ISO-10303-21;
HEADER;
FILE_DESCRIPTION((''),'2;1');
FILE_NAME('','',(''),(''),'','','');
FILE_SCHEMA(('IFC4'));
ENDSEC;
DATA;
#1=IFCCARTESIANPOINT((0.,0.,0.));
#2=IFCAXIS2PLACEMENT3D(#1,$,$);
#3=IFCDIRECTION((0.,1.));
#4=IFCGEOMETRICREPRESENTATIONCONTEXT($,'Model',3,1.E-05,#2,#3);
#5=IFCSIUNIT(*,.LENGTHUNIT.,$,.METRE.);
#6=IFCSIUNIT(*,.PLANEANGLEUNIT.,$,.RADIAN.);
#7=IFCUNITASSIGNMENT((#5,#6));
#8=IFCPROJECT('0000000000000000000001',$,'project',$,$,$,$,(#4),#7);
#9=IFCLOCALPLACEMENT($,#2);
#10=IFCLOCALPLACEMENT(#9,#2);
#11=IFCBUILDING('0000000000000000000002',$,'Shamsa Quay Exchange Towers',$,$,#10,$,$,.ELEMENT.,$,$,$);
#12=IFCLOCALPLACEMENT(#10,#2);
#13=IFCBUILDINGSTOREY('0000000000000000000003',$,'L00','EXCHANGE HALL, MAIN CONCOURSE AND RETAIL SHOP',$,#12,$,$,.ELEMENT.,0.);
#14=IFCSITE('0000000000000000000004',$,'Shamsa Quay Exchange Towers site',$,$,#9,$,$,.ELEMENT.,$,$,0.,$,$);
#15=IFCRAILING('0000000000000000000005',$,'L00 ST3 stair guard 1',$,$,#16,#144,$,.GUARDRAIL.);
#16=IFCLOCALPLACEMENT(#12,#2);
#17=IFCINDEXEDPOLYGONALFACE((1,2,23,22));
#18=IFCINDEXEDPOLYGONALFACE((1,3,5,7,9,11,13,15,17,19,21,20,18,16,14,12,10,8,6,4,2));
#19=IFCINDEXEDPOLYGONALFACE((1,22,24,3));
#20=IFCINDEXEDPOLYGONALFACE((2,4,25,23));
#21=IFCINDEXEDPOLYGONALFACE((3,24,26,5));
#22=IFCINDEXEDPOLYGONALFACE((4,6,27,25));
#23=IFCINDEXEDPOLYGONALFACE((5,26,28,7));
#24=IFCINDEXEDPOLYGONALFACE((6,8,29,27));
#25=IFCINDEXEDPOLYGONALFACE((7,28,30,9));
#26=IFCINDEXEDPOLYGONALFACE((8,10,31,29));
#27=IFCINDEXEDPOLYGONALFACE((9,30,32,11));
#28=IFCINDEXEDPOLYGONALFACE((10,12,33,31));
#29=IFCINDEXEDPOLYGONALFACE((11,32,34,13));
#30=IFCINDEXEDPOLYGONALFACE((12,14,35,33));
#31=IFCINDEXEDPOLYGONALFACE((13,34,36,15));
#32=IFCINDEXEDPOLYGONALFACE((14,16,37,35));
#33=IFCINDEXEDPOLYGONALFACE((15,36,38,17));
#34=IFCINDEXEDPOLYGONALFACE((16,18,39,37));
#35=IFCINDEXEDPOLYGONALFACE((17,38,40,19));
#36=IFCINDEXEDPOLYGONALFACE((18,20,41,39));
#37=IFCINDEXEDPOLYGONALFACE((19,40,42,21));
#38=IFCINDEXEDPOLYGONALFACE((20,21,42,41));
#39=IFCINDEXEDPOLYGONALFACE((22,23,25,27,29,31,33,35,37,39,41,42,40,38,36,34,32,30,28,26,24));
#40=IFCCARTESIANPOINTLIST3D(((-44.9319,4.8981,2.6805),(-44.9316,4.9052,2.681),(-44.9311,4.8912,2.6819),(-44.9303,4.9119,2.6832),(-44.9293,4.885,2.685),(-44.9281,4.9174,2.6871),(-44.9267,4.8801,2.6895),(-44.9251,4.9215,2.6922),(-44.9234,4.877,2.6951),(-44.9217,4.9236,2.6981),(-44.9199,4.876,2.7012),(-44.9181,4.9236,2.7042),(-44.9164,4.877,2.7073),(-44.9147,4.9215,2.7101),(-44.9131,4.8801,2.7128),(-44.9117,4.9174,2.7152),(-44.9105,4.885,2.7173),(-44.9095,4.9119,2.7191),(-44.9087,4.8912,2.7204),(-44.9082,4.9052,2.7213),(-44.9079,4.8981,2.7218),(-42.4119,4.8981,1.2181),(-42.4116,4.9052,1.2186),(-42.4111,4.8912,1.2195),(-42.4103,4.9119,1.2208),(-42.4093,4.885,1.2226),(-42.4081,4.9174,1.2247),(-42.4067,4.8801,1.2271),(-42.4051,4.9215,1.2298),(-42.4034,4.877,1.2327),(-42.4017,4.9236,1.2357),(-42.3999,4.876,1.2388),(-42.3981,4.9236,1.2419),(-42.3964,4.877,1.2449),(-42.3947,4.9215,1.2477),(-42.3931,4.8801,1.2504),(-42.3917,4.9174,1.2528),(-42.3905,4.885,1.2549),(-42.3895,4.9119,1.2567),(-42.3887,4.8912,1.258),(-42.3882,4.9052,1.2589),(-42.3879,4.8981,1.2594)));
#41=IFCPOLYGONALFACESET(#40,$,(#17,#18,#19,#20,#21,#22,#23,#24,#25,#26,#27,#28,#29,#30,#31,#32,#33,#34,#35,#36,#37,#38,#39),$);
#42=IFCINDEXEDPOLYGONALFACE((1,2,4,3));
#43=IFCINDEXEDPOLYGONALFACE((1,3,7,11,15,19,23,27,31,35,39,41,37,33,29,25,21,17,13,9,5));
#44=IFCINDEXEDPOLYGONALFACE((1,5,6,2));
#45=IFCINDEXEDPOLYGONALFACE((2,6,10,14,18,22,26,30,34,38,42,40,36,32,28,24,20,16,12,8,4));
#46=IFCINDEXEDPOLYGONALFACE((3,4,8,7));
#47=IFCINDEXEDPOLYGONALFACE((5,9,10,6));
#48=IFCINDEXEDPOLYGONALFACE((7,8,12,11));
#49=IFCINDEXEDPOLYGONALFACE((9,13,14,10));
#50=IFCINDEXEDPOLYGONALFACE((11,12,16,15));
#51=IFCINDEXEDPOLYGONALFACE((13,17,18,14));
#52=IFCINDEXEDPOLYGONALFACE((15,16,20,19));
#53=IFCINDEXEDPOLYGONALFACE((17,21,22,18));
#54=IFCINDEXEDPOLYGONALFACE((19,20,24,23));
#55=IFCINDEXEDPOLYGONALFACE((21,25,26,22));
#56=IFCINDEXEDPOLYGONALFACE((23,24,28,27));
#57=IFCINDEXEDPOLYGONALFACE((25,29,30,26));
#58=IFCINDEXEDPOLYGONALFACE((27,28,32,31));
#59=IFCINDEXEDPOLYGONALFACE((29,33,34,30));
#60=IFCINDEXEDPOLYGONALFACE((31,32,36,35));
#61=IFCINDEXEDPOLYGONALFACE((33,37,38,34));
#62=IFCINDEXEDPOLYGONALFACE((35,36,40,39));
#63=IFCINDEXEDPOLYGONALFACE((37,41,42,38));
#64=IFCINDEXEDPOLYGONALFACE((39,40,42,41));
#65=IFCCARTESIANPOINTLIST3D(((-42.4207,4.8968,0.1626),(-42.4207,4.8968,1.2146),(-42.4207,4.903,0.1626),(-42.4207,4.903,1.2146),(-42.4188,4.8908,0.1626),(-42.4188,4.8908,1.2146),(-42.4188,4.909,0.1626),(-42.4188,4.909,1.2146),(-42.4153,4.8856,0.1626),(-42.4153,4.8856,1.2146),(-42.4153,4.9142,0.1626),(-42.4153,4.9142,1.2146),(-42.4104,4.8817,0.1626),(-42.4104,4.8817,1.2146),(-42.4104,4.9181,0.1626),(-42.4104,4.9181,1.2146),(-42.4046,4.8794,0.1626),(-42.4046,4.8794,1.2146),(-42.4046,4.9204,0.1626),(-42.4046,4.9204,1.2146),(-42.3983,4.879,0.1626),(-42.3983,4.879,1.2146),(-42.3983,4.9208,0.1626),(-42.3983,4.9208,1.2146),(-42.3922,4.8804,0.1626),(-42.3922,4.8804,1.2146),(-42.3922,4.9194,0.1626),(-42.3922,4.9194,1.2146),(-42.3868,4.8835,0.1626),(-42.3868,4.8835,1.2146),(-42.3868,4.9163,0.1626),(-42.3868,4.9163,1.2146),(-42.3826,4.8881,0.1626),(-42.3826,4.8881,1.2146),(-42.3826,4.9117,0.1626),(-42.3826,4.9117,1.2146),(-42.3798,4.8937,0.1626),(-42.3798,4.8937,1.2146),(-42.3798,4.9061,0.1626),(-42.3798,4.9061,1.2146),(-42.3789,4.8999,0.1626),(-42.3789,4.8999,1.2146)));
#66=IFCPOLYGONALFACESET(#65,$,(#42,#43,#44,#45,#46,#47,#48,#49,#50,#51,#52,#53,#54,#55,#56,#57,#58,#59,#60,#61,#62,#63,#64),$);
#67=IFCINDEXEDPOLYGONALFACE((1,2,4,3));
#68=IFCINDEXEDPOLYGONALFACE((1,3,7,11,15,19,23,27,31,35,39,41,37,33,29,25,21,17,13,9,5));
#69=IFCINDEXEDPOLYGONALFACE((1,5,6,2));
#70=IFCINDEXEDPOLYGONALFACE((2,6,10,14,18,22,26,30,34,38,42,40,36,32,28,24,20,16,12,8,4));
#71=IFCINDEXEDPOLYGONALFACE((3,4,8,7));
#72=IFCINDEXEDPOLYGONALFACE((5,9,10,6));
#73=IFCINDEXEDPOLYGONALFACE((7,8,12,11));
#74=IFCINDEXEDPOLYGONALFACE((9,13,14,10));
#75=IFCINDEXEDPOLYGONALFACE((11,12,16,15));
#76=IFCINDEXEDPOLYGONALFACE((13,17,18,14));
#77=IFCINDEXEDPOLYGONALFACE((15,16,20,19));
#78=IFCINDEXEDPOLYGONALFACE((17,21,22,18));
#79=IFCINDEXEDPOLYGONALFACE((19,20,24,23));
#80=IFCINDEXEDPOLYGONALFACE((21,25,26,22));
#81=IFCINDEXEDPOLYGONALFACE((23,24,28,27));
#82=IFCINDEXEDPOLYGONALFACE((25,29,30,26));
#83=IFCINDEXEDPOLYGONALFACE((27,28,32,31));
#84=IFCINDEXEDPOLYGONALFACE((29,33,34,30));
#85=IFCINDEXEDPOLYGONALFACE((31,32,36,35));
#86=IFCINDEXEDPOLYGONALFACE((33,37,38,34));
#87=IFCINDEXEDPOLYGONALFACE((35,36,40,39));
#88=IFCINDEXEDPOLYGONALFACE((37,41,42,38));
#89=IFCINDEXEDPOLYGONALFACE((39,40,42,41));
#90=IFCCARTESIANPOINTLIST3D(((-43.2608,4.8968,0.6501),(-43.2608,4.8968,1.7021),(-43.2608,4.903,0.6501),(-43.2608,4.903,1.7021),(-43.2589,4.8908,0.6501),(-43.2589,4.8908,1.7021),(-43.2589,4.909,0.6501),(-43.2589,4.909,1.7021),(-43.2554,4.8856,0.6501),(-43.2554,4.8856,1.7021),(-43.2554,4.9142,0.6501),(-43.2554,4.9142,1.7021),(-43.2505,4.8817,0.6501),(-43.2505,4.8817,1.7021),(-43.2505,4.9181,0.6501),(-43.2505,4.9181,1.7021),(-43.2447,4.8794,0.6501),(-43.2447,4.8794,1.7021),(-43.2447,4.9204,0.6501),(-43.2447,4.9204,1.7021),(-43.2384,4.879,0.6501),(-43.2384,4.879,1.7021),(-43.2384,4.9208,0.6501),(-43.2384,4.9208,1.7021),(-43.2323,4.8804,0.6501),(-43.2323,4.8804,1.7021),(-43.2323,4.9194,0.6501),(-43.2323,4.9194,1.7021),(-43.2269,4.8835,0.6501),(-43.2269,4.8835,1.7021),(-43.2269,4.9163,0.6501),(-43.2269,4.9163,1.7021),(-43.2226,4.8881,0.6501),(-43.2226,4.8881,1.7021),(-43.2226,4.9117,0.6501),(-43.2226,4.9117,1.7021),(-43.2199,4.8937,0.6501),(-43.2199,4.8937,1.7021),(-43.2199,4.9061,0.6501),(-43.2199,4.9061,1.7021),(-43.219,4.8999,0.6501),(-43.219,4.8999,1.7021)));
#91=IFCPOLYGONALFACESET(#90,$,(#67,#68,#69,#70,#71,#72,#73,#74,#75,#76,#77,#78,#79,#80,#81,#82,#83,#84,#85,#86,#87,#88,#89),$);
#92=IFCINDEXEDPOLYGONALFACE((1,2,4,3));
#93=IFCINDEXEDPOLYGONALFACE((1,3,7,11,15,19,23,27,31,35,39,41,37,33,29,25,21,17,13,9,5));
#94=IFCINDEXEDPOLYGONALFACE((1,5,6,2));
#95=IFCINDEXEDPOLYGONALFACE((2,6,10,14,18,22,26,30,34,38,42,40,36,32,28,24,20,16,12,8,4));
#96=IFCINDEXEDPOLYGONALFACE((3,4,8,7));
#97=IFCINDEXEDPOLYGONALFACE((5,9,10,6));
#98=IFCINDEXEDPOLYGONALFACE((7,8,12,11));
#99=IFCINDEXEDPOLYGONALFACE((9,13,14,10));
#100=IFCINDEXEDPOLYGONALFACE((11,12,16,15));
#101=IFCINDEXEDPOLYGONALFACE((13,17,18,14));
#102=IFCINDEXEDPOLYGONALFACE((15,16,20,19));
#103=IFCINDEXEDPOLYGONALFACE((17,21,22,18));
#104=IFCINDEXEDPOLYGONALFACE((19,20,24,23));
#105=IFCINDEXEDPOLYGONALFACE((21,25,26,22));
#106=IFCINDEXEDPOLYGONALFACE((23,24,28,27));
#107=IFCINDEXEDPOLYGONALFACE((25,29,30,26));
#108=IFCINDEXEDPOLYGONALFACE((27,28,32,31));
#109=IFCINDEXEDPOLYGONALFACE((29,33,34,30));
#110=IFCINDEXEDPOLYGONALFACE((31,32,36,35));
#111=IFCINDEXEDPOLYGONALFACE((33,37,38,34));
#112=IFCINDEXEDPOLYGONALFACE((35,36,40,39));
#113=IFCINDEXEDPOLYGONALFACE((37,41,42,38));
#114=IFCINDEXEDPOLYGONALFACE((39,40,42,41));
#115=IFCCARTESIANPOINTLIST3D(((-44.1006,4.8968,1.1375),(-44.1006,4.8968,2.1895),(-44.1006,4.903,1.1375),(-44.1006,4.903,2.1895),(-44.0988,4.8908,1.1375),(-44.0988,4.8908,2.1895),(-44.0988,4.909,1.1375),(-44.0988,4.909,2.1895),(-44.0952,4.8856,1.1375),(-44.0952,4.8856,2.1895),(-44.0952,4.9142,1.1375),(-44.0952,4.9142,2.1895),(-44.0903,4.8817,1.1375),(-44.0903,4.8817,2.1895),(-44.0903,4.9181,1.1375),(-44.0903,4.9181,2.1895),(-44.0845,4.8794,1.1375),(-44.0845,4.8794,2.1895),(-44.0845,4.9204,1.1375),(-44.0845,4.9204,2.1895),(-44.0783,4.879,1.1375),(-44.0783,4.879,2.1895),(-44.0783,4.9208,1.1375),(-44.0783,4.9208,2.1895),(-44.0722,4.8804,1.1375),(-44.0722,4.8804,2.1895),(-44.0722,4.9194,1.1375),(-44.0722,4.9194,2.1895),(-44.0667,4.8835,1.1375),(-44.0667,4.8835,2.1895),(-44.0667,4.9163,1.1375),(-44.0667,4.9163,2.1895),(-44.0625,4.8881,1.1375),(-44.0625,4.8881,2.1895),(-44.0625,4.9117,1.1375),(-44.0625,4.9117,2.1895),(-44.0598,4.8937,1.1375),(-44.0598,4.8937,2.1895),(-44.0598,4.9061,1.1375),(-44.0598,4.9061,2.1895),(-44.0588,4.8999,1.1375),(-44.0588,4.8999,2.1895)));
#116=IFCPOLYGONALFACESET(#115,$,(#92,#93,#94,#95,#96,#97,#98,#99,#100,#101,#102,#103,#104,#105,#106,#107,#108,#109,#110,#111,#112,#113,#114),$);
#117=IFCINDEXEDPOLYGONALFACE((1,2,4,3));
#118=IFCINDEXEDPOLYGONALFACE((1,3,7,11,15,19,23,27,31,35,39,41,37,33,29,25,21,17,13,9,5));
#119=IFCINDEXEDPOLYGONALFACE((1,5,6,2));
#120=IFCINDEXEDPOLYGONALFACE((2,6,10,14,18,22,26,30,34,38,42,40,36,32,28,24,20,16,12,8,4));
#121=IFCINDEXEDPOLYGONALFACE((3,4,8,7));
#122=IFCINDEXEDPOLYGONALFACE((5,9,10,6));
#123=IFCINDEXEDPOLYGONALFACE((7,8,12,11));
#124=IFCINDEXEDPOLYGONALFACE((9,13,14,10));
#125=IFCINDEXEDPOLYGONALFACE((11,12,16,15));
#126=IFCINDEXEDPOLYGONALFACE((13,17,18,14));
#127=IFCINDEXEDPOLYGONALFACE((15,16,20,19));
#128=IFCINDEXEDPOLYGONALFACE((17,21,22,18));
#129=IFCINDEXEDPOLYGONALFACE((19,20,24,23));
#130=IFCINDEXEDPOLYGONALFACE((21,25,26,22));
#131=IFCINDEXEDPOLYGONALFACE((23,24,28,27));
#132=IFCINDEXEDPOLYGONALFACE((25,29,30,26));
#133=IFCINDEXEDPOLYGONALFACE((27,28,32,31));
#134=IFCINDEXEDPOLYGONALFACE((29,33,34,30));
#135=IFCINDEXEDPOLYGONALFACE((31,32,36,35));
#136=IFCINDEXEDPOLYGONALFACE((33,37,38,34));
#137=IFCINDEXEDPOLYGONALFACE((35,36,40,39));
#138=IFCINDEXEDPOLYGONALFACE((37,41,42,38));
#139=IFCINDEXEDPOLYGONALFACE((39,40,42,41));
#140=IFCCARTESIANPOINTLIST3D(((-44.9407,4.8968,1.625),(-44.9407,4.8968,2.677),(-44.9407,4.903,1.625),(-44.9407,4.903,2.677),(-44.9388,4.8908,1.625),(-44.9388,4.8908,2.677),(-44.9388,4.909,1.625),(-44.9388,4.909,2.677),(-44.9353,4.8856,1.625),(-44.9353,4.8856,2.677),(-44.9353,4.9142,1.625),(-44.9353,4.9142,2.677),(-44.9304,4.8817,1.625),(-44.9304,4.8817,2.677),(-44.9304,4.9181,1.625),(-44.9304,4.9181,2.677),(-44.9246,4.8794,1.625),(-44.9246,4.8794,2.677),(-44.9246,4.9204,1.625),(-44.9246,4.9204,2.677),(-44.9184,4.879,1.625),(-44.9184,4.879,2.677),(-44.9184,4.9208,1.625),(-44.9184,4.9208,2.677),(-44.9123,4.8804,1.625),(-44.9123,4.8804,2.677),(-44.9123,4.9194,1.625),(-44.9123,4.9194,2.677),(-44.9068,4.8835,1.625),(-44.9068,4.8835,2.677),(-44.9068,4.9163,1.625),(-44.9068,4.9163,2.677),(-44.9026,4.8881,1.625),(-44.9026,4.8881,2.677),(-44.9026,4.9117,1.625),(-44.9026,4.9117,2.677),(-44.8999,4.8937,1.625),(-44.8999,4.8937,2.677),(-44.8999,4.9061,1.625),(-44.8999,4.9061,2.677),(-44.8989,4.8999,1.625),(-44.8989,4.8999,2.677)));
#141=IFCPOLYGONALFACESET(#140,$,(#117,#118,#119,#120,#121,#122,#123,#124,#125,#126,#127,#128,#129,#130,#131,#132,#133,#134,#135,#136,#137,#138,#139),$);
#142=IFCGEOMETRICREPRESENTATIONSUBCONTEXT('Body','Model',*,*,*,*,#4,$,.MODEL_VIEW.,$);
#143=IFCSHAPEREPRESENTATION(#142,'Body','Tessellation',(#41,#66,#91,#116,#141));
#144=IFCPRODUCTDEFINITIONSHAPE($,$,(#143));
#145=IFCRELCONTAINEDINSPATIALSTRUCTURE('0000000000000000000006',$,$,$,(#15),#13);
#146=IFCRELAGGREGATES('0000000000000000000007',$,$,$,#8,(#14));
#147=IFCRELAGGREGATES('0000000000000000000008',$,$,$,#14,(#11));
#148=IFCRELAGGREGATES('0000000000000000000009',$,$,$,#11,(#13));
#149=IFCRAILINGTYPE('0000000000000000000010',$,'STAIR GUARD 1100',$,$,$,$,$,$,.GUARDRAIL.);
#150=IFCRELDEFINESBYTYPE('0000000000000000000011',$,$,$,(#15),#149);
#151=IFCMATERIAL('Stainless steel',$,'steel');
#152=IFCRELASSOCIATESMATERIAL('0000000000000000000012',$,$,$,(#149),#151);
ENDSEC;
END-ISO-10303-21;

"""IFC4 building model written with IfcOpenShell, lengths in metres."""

from ifc_helpers import new_model, si_unit, direction, frame, origin, origin_2d, place, context, subcontext, project, spatial, circle, extrude, material, type_object, element, save


model = new_model("IFC4")

# Units and contexts
model_context = context("Model", 3, precision=1e-05, world=origin(), true_north=direction((0.0, 1.0)))
body_context = subcontext(model_context, "Body", "Model", "MODEL_VIEW")
ifc_project = project(units=[si_unit("LENGTHUNIT", "METRE"), si_unit("PLANEANGLEUNIT", "RADIAN")], contexts=[model_context])

# Site, building, storey
site_placement = place(None, origin())
site = spatial("IfcSite", under=ifc_project, at=site_placement, Name="Shamsa Quay Exchange Towers site", CompositionType="ELEMENT", RefElevation=0.0)
building_placement = place(site_placement, origin())
building = spatial("IfcBuilding", under=site, at=building_placement, Name="Shamsa Quay Exchange Towers", CompositionType="ELEMENT")
storey_placement = place(building_placement, origin())
storey = spatial("IfcBuildingStorey", under=building, at=storey_placement, Name="L00", Description="EXCHANGE HALL, MAIN CONCOURSE AND RETAIL SHOP", CompositionType="ELEMENT", Elevation=0.0)

# Railing
ifc_material_1 = material(Name="Stainless steel", Category="steel")
railing_type_1 = type_object("IfcRailingType", Name="STAIR GUARD 1100", PredefinedType="GUARDRAIL", material=ifc_material_1)
railing_1_placement = place(storey_placement, frame((-42.3999, 4.8999, 0.1626)))
element("IfcRailing", 1, at=railing_1_placement, inside=storey, type_object=railing_type_1, Name="L00 ST3 stair guard 1", PredefinedType="GUARDRAIL", context=body_context, shape_type="SweptSolid", body=[
    extrude(circle(Radius=0.0239, at=origin_2d()), frame((0.0, 0.0, 1.0762), z_axis=(-0.864913, 0.0, 0.501921), x_axis=(0.0, -1.0, 0.0)), (0.0, 0.0, 1.0), 2.9136),
    extrude(circle(Radius=0.021, at=origin_2d()), origin(), (0.0, 0.0, 1.0), 1.052),
    extrude(circle(Radius=0.021, at=origin_2d()), frame((-0.8401, 0.0, 0.4875)), (0.0, 0.0, 1.0), 1.052),
    extrude(circle(Radius=0.021, at=origin_2d()), frame((-1.6799, 0.0, 0.9749)), (0.0, 0.0, 1.0), 1.052),
    extrude(circle(Radius=0.021, at=origin_2d()), frame((-2.52, 0.0, 1.4624)), (0.0, 0.0, 1.0), 1.052),
])

save(model, "model.ifc")
